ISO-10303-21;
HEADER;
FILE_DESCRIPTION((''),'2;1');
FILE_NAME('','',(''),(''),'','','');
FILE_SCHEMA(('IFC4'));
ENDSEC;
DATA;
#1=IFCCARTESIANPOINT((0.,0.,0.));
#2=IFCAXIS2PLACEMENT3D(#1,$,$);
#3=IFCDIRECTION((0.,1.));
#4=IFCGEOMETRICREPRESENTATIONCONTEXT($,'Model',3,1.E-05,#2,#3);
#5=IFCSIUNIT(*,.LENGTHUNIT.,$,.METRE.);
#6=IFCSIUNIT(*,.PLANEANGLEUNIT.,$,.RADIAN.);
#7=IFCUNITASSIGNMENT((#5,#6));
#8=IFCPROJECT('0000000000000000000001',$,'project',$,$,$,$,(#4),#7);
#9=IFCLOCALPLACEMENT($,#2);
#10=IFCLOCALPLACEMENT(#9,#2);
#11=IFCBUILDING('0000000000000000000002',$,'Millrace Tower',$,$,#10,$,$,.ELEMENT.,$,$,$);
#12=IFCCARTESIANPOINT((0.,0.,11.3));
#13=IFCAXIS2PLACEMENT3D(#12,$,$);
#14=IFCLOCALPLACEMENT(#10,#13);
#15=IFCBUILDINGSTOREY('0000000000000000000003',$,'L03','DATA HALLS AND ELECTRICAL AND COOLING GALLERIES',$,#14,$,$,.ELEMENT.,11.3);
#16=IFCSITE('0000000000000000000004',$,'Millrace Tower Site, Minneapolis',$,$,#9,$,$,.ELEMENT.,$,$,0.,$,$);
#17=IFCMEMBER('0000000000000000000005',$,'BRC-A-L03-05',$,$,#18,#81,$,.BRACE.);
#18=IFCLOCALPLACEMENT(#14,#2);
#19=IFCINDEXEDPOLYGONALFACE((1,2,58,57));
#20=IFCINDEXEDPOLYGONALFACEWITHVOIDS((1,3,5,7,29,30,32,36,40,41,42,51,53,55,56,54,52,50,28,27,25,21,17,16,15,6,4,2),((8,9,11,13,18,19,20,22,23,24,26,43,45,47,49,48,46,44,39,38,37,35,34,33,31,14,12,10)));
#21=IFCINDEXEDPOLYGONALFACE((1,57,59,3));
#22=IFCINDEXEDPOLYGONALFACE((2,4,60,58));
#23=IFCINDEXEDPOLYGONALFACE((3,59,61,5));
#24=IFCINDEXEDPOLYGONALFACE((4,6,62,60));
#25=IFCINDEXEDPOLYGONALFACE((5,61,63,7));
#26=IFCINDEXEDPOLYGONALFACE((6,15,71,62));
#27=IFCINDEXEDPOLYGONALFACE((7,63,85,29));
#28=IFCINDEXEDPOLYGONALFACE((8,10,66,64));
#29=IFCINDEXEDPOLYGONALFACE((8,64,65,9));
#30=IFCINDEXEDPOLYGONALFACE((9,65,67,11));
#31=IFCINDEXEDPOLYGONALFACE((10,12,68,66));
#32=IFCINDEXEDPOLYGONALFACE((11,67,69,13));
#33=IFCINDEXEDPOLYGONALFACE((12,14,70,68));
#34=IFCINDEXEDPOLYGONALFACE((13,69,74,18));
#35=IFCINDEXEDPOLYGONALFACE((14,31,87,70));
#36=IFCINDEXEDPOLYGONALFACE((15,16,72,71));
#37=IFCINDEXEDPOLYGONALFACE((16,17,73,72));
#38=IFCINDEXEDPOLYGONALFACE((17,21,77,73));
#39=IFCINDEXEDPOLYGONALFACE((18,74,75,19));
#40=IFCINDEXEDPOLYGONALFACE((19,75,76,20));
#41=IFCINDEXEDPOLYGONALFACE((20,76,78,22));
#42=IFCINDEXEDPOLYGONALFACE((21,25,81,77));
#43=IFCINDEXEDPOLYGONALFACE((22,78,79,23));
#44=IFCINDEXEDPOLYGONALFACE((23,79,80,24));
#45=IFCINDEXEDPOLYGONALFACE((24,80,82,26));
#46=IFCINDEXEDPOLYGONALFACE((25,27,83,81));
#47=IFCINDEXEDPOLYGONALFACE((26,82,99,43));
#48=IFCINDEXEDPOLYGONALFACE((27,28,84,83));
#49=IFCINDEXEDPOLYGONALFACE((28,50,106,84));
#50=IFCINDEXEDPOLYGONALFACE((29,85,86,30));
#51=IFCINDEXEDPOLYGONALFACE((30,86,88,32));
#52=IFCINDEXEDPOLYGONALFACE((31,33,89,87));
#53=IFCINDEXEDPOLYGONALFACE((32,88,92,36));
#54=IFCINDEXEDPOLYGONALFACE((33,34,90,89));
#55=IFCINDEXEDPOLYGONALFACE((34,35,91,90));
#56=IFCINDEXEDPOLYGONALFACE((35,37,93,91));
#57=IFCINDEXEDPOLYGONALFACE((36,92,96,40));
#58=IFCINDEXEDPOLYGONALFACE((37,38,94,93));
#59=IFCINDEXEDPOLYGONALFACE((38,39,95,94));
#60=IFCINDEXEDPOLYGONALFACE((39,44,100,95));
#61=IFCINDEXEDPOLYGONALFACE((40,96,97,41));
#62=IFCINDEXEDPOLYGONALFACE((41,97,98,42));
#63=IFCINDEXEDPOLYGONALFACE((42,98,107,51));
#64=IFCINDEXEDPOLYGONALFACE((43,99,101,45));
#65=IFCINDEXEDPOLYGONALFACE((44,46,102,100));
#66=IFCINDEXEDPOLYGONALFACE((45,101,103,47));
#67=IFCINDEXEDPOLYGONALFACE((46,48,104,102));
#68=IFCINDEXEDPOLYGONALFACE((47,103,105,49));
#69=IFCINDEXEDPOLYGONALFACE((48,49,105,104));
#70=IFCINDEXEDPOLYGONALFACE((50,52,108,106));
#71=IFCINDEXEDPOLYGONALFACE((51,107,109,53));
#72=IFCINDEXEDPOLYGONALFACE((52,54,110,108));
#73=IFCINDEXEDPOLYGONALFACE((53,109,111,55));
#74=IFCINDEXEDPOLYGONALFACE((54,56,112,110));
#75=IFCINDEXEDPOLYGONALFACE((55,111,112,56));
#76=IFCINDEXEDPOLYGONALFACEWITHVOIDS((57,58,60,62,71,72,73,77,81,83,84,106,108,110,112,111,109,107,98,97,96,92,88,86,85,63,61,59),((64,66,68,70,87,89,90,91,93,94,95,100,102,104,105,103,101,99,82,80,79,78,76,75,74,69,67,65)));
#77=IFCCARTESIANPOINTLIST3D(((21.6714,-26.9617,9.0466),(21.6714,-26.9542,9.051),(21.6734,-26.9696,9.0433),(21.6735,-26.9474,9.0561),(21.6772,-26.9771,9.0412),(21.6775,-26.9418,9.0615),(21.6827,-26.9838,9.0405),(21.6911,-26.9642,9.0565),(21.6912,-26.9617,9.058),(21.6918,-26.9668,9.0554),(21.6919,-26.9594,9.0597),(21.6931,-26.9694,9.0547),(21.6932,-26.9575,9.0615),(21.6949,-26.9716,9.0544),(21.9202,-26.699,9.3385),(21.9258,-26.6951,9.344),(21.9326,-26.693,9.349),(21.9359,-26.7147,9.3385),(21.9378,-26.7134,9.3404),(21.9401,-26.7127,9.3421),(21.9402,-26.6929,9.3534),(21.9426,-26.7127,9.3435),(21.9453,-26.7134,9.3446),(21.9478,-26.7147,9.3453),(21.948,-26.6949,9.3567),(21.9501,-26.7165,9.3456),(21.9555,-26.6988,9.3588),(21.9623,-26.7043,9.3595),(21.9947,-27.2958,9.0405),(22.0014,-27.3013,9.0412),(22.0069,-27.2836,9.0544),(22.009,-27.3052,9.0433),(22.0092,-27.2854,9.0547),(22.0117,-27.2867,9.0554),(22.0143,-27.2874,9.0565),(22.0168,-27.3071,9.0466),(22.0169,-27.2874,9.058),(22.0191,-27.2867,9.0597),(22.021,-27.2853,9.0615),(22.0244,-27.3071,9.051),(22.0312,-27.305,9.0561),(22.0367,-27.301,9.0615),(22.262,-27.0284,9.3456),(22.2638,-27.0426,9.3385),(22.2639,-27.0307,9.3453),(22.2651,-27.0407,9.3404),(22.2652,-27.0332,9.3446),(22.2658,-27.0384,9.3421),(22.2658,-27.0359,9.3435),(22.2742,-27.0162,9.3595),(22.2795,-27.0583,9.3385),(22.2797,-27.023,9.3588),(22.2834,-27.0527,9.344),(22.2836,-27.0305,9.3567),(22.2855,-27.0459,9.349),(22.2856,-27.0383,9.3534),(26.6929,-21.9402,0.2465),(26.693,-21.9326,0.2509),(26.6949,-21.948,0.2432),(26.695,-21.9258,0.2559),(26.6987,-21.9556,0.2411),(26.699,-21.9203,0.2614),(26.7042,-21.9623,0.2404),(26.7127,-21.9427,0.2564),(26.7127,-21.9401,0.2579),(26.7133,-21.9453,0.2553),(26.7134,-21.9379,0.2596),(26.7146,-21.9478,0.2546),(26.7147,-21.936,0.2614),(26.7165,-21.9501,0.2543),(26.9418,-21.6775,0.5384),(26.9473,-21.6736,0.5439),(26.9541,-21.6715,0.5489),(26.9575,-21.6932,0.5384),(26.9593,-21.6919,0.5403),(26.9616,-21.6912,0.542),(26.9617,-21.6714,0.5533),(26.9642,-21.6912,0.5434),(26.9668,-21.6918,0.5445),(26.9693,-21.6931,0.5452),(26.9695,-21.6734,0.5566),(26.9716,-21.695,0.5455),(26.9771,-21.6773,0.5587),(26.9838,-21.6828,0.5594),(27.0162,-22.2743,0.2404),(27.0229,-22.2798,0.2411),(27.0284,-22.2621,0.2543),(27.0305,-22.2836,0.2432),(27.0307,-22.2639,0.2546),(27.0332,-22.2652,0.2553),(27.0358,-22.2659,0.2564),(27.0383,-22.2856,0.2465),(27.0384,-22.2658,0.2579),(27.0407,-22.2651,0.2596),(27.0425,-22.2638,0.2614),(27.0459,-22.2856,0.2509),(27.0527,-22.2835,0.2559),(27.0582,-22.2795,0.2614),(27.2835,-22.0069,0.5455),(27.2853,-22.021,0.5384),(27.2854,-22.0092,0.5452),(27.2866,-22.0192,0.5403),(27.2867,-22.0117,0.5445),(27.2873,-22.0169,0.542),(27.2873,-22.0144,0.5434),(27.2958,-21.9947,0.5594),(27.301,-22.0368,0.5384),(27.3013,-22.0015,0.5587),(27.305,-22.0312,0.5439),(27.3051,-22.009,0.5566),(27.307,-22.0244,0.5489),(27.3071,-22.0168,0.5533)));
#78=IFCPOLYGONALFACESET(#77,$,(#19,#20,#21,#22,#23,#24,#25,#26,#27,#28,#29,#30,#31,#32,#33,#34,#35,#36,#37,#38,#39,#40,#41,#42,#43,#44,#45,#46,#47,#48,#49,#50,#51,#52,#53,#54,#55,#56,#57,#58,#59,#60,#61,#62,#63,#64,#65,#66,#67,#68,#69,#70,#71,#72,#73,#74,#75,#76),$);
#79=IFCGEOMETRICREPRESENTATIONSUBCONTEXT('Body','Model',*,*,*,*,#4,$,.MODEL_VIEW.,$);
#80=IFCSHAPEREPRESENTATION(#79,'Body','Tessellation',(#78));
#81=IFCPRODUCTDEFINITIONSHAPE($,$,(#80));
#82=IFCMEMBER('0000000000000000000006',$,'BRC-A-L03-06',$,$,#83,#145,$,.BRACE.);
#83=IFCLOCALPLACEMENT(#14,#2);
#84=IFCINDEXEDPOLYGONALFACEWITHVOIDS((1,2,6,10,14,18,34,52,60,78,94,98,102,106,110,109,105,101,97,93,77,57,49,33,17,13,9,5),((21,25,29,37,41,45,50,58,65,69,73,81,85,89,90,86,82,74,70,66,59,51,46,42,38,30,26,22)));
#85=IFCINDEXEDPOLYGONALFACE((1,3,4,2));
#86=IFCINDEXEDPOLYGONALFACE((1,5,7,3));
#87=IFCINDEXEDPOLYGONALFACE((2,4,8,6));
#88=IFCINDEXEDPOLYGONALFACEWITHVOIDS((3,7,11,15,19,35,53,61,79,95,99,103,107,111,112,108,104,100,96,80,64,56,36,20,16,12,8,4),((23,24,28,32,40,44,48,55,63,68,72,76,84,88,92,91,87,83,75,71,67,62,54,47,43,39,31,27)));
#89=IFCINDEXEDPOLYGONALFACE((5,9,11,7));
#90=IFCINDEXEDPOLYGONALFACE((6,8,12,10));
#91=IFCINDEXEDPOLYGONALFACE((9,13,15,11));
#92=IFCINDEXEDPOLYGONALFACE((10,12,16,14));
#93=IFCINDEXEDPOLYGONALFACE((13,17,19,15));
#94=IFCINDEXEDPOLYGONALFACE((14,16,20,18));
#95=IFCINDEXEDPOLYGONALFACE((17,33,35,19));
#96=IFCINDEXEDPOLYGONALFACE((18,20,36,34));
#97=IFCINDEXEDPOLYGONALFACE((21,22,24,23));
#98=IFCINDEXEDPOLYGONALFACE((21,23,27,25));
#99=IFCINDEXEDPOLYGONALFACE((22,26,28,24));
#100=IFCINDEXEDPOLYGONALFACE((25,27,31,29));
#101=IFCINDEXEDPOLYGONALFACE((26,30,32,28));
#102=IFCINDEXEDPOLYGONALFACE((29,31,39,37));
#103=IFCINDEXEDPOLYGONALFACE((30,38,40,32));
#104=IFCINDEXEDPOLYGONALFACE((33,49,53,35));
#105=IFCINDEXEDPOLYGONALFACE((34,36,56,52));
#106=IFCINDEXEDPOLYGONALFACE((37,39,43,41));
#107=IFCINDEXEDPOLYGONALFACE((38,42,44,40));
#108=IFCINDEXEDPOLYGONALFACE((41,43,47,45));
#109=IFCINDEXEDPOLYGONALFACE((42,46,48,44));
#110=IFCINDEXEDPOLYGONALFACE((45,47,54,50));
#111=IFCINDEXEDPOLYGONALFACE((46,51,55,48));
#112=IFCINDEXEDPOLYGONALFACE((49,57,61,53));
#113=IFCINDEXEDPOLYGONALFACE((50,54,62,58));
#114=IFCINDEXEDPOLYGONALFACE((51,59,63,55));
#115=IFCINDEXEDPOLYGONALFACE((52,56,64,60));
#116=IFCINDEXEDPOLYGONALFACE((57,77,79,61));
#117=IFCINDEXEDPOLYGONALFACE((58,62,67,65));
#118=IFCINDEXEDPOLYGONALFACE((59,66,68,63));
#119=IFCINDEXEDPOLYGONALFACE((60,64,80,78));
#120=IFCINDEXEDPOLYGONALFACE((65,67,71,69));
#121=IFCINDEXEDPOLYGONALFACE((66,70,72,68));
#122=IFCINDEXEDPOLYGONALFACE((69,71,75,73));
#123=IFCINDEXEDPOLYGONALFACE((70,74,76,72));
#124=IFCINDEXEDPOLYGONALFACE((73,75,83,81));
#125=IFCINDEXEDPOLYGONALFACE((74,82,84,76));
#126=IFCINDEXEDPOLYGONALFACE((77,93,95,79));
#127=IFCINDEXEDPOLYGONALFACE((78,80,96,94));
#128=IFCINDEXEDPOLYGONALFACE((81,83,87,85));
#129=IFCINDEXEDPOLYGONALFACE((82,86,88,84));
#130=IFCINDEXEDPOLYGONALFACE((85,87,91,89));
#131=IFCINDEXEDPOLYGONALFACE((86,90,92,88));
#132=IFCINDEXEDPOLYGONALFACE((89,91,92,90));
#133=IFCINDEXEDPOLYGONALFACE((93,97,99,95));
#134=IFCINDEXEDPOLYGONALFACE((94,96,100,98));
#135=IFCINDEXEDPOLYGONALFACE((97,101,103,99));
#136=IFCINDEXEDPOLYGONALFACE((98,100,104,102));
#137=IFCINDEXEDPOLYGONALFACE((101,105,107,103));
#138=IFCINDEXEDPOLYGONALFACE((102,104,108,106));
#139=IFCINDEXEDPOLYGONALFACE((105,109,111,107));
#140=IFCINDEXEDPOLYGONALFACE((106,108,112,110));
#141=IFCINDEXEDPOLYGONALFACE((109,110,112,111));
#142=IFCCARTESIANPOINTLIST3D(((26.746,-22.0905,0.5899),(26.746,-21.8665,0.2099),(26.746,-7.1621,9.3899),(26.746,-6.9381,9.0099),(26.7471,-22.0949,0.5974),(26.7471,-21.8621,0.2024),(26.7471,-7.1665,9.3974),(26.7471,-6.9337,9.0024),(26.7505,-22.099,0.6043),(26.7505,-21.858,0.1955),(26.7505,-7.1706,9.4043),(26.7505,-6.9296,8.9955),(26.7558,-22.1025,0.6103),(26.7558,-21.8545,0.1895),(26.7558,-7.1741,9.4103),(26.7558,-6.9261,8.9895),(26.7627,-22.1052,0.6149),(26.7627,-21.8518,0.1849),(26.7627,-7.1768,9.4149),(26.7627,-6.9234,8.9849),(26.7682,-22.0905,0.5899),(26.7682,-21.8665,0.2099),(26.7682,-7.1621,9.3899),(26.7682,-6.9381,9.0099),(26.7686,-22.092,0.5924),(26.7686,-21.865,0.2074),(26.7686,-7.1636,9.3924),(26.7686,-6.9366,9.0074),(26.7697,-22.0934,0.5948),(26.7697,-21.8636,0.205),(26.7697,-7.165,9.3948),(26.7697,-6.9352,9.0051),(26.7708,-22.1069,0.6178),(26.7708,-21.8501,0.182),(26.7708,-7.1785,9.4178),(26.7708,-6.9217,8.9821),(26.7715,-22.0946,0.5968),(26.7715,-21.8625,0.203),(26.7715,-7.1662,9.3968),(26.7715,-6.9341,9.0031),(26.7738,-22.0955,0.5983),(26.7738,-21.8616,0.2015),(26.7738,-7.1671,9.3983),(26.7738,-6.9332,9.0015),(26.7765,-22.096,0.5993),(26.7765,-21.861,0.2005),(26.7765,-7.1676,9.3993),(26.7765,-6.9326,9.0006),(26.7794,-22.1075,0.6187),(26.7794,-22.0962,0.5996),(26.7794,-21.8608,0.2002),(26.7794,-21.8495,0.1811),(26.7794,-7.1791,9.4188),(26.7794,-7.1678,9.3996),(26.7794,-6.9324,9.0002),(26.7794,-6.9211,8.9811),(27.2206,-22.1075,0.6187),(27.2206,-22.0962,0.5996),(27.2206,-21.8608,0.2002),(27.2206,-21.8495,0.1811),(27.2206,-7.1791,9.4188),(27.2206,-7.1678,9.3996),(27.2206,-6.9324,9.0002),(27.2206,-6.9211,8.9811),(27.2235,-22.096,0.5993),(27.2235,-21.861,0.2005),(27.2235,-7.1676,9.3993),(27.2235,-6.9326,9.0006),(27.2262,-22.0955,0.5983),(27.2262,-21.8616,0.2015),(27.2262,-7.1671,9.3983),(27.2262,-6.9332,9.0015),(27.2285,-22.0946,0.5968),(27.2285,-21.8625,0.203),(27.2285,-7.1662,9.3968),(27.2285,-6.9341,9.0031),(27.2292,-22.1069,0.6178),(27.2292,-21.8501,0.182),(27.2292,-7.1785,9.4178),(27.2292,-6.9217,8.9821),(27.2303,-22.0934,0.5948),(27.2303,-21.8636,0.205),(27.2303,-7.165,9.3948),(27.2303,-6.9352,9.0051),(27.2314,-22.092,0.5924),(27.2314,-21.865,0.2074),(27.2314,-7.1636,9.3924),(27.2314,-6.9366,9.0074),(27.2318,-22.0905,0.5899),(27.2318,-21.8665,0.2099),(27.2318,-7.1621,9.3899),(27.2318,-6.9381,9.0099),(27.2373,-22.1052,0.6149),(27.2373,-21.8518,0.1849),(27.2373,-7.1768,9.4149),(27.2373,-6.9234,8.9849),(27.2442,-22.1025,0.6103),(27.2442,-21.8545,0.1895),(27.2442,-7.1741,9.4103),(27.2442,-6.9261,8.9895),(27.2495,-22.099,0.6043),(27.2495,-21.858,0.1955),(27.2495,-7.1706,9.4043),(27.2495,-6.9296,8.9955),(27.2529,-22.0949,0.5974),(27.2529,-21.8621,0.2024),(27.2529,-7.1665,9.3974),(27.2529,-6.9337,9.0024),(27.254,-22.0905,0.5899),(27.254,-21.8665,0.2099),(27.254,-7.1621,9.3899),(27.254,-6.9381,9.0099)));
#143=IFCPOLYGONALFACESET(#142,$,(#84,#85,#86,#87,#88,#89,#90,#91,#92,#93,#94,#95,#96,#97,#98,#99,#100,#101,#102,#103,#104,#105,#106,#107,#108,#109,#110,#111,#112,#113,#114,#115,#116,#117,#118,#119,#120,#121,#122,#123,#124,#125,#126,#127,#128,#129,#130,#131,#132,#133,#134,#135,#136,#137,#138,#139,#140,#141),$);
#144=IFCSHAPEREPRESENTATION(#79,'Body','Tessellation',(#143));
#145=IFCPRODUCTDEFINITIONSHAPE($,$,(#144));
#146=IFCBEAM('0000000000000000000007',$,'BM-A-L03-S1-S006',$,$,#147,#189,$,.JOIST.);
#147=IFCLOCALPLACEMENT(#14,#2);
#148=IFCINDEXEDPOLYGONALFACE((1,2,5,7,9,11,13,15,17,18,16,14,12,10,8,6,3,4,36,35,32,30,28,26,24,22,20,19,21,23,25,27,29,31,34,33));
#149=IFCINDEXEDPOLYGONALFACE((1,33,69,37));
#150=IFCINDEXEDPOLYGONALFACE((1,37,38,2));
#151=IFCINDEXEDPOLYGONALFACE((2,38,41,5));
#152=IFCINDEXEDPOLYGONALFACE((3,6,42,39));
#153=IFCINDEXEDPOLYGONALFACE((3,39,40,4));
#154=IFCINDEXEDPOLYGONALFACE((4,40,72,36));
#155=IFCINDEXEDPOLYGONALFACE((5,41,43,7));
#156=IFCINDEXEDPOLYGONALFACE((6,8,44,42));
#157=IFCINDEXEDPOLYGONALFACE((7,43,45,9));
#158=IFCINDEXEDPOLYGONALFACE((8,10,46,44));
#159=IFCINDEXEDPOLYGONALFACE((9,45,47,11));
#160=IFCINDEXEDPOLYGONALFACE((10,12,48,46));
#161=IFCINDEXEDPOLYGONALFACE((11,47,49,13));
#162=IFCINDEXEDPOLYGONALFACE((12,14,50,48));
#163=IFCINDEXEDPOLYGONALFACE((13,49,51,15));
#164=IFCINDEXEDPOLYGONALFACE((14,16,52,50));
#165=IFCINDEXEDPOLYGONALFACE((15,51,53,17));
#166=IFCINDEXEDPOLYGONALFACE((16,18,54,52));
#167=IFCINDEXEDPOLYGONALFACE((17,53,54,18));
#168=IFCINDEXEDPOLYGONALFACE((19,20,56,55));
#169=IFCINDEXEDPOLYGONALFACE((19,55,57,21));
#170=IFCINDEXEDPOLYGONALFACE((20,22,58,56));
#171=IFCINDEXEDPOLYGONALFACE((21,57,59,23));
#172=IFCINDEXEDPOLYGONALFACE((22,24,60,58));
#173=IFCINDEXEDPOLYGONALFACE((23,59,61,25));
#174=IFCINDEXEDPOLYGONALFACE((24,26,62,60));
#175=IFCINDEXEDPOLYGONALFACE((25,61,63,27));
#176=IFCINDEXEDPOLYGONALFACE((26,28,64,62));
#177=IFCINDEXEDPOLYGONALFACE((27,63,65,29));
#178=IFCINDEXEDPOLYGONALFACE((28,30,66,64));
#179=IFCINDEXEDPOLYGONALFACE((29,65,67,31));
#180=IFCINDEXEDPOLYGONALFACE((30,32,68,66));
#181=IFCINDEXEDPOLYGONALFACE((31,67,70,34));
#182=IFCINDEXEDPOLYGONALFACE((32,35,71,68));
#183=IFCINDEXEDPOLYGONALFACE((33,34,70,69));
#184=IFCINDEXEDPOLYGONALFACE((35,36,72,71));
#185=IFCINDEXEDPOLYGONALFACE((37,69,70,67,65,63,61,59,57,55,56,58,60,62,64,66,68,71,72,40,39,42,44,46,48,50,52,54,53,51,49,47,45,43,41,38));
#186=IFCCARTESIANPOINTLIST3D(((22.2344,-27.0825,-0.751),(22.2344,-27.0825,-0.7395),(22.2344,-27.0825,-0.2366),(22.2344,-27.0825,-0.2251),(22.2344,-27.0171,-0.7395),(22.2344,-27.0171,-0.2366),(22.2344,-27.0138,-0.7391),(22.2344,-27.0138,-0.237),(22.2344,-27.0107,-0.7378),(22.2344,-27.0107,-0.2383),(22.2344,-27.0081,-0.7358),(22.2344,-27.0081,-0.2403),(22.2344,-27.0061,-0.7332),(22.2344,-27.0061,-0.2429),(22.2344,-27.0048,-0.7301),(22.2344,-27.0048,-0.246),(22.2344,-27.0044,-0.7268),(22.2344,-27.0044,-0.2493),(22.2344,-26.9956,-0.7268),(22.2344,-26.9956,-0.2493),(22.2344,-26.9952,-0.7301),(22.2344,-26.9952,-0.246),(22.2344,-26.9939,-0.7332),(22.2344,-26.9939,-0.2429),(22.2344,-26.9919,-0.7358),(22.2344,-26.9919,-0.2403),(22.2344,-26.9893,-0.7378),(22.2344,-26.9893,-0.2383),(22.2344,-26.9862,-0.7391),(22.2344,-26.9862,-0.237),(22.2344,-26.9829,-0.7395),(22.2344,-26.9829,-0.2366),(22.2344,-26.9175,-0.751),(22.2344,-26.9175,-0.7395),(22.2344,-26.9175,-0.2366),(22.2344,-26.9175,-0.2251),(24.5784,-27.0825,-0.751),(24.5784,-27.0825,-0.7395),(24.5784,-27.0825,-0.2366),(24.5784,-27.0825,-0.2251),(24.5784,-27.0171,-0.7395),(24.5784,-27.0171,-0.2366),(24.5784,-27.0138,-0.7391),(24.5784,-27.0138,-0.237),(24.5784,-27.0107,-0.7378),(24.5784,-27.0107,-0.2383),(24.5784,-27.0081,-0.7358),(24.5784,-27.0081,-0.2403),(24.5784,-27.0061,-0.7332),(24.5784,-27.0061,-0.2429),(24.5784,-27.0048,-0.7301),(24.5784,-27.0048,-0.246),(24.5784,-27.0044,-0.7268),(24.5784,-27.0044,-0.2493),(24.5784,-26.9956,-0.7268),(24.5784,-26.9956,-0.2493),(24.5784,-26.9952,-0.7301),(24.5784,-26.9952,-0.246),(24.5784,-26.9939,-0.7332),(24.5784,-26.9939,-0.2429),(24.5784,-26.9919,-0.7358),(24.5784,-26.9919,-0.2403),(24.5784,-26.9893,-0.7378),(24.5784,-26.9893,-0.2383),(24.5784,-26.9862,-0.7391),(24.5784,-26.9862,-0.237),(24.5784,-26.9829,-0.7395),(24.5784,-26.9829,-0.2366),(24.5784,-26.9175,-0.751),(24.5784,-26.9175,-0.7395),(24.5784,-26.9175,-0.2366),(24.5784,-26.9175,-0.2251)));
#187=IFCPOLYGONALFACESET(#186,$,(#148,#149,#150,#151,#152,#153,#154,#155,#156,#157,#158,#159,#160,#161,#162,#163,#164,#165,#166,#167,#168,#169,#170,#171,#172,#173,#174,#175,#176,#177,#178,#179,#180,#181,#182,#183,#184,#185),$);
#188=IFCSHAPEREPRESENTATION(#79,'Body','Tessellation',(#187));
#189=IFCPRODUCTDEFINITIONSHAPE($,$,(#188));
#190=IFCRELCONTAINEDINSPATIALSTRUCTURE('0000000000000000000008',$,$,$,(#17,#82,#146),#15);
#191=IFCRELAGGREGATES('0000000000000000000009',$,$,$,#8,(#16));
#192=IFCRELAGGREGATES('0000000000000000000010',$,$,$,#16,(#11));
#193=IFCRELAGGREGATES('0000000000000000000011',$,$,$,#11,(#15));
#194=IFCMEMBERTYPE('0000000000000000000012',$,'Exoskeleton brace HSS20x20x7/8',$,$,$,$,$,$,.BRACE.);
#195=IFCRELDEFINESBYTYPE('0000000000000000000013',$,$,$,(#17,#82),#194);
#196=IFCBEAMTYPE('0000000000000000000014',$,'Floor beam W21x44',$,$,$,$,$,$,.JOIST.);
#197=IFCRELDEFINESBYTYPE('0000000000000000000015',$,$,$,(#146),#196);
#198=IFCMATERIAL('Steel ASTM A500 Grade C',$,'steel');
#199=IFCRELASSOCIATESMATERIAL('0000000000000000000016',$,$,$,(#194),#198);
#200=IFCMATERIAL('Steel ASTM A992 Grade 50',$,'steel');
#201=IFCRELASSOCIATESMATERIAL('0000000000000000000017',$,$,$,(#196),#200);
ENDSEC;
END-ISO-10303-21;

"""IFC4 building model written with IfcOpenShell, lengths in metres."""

from ifc_helpers import new_model, si_unit, direction, frame, origin, origin_2d, place, context, subcontext, project, spatial, hollow_rectangle, i_section, extrude, material, material_profile, profile_set, type_object, element, save


model = new_model("IFC4")

# Units and contexts
model_context = context("Model", 3, precision=1e-05, world=origin(), true_north=direction((0.0, 1.0)))
body_context = subcontext(model_context, "Body", "Model", "MODEL_VIEW")
ifc_project = project(units=[si_unit("LENGTHUNIT", "METRE"), si_unit("PLANEANGLEUNIT", "RADIAN")], contexts=[model_context])

# Site, building, storey
site_placement = place(None, origin())
site = spatial("IfcSite", under=ifc_project, at=site_placement, Name="Millrace Tower Site, Minneapolis", CompositionType="ELEMENT", RefElevation=0.0)
building_placement = place(site_placement, origin())
building = spatial("IfcBuilding", under=site, at=building_placement, Name="Millrace Tower", CompositionType="ELEMENT")
storey_placement = place(building_placement, frame((0.0, 0.0, 11.3)))
storey = spatial("IfcBuildingStorey", under=building, at=storey_placement, Name="L03", Description="DATA HALLS AND ELECTRICAL AND COOLING GALLERIES", CompositionType="ELEMENT", Elevation=11.3)

# Members
ifc_material_1 = material(Name="Steel ASTM A500 Grade C", Category="steel")
ifc_material_profile_1 = material_profile(ifc_material_1, hollow_rectangle(XDim=0.5081, YDim=0.5081, WallThickness=0.0222, InnerFilletRadius=0.0112, OuterFilletRadius=0.0334, at=origin_2d()))
ifc_profile_set_1 = profile_set([ifc_material_profile_1], Name="Steel ASTM A500 Grade C")
member_type_1 = type_object("IfcMemberType", Name="Exoskeleton brace HSS20x20x7/8", PredefinedType="BRACE", material=ifc_profile_set_1)
member_1_placement = place(storey_placement, frame((27.0, -21.9785, 0.3999), z_axis=(-0.444064, -0.444064, 0.778213), x_axis=(0.707107, -0.707107, 0.0)))
element("IfcMember", 1, at=member_1_placement, inside=storey, type_object=member_type_1, Name="BRC-A-L03-05", PredefinedType="BRACE", context=body_context, shape_type="SweptSolid", body=[
    extrude(hollow_rectangle(XDim=0.5081, YDim=0.5081, WallThickness=0.0222, InnerFilletRadius=0.0112, OuterFilletRadius=0.0334, at=origin_2d()), origin(), (0.0, 0.0, 1.0), 11.3081),
])
member_2_placement = place(storey_placement, frame((27.0, -21.9785, 0.3999), z_axis=(0.0, 0.861465, 0.507817), x_axis=(-1.0, 0.0, 0.0)))
element("IfcMember", 2, at=member_2_placement, inside=storey, type_object=member_type_1, Name="BRC-A-L03-06", PredefinedType="BRACE", context=body_context, shape_type="SweptSolid", body=[
    extrude(hollow_rectangle(XDim=0.5081, YDim=0.5081, WallThickness=0.0222, InnerFilletRadius=0.0112, OuterFilletRadius=0.0334, at=origin_2d()), origin(), (0.0, 0.0, 1.0), 17.3291),
])

# Beam
ifc_material_2 = material(Name="Steel ASTM A992 Grade 50", Category="steel")
ifc_material_profile_2 = material_profile(ifc_material_2, i_section(OverallWidth=0.165, OverallDepth=0.5259, WebThickness=0.0088, FlangeThickness=0.0115, FilletRadius=0.0127, at=origin_2d()))
ifc_profile_set_2 = profile_set([ifc_material_profile_2], Name="Steel ASTM A992 Grade 50")
beam_type_1 = type_object("IfcBeamType", Name="Floor beam W21x44", PredefinedType="JOIST", material=ifc_profile_set_2)
beam_1_placement = place(storey_placement, frame((22.2344, -27.0, -0.488), z_axis=(1.0, 0.0, 0.0), x_axis=(0.0, 1.0, 0.0)))
element("IfcBeam", 3, at=beam_1_placement, inside=storey, type_object=beam_type_1, Name="BM-A-L03-S1-S006", PredefinedType="JOIST", context=body_context, shape_type="SweptSolid", body=[
    extrude(i_section(OverallWidth=0.165, OverallDepth=0.5259, WebThickness=0.0088, FlangeThickness=0.0115, FilletRadius=0.0127, at=origin_2d()), origin(), (0.0, 0.0, 1.0), 2.344),
])

save(model, "model.ifc")
